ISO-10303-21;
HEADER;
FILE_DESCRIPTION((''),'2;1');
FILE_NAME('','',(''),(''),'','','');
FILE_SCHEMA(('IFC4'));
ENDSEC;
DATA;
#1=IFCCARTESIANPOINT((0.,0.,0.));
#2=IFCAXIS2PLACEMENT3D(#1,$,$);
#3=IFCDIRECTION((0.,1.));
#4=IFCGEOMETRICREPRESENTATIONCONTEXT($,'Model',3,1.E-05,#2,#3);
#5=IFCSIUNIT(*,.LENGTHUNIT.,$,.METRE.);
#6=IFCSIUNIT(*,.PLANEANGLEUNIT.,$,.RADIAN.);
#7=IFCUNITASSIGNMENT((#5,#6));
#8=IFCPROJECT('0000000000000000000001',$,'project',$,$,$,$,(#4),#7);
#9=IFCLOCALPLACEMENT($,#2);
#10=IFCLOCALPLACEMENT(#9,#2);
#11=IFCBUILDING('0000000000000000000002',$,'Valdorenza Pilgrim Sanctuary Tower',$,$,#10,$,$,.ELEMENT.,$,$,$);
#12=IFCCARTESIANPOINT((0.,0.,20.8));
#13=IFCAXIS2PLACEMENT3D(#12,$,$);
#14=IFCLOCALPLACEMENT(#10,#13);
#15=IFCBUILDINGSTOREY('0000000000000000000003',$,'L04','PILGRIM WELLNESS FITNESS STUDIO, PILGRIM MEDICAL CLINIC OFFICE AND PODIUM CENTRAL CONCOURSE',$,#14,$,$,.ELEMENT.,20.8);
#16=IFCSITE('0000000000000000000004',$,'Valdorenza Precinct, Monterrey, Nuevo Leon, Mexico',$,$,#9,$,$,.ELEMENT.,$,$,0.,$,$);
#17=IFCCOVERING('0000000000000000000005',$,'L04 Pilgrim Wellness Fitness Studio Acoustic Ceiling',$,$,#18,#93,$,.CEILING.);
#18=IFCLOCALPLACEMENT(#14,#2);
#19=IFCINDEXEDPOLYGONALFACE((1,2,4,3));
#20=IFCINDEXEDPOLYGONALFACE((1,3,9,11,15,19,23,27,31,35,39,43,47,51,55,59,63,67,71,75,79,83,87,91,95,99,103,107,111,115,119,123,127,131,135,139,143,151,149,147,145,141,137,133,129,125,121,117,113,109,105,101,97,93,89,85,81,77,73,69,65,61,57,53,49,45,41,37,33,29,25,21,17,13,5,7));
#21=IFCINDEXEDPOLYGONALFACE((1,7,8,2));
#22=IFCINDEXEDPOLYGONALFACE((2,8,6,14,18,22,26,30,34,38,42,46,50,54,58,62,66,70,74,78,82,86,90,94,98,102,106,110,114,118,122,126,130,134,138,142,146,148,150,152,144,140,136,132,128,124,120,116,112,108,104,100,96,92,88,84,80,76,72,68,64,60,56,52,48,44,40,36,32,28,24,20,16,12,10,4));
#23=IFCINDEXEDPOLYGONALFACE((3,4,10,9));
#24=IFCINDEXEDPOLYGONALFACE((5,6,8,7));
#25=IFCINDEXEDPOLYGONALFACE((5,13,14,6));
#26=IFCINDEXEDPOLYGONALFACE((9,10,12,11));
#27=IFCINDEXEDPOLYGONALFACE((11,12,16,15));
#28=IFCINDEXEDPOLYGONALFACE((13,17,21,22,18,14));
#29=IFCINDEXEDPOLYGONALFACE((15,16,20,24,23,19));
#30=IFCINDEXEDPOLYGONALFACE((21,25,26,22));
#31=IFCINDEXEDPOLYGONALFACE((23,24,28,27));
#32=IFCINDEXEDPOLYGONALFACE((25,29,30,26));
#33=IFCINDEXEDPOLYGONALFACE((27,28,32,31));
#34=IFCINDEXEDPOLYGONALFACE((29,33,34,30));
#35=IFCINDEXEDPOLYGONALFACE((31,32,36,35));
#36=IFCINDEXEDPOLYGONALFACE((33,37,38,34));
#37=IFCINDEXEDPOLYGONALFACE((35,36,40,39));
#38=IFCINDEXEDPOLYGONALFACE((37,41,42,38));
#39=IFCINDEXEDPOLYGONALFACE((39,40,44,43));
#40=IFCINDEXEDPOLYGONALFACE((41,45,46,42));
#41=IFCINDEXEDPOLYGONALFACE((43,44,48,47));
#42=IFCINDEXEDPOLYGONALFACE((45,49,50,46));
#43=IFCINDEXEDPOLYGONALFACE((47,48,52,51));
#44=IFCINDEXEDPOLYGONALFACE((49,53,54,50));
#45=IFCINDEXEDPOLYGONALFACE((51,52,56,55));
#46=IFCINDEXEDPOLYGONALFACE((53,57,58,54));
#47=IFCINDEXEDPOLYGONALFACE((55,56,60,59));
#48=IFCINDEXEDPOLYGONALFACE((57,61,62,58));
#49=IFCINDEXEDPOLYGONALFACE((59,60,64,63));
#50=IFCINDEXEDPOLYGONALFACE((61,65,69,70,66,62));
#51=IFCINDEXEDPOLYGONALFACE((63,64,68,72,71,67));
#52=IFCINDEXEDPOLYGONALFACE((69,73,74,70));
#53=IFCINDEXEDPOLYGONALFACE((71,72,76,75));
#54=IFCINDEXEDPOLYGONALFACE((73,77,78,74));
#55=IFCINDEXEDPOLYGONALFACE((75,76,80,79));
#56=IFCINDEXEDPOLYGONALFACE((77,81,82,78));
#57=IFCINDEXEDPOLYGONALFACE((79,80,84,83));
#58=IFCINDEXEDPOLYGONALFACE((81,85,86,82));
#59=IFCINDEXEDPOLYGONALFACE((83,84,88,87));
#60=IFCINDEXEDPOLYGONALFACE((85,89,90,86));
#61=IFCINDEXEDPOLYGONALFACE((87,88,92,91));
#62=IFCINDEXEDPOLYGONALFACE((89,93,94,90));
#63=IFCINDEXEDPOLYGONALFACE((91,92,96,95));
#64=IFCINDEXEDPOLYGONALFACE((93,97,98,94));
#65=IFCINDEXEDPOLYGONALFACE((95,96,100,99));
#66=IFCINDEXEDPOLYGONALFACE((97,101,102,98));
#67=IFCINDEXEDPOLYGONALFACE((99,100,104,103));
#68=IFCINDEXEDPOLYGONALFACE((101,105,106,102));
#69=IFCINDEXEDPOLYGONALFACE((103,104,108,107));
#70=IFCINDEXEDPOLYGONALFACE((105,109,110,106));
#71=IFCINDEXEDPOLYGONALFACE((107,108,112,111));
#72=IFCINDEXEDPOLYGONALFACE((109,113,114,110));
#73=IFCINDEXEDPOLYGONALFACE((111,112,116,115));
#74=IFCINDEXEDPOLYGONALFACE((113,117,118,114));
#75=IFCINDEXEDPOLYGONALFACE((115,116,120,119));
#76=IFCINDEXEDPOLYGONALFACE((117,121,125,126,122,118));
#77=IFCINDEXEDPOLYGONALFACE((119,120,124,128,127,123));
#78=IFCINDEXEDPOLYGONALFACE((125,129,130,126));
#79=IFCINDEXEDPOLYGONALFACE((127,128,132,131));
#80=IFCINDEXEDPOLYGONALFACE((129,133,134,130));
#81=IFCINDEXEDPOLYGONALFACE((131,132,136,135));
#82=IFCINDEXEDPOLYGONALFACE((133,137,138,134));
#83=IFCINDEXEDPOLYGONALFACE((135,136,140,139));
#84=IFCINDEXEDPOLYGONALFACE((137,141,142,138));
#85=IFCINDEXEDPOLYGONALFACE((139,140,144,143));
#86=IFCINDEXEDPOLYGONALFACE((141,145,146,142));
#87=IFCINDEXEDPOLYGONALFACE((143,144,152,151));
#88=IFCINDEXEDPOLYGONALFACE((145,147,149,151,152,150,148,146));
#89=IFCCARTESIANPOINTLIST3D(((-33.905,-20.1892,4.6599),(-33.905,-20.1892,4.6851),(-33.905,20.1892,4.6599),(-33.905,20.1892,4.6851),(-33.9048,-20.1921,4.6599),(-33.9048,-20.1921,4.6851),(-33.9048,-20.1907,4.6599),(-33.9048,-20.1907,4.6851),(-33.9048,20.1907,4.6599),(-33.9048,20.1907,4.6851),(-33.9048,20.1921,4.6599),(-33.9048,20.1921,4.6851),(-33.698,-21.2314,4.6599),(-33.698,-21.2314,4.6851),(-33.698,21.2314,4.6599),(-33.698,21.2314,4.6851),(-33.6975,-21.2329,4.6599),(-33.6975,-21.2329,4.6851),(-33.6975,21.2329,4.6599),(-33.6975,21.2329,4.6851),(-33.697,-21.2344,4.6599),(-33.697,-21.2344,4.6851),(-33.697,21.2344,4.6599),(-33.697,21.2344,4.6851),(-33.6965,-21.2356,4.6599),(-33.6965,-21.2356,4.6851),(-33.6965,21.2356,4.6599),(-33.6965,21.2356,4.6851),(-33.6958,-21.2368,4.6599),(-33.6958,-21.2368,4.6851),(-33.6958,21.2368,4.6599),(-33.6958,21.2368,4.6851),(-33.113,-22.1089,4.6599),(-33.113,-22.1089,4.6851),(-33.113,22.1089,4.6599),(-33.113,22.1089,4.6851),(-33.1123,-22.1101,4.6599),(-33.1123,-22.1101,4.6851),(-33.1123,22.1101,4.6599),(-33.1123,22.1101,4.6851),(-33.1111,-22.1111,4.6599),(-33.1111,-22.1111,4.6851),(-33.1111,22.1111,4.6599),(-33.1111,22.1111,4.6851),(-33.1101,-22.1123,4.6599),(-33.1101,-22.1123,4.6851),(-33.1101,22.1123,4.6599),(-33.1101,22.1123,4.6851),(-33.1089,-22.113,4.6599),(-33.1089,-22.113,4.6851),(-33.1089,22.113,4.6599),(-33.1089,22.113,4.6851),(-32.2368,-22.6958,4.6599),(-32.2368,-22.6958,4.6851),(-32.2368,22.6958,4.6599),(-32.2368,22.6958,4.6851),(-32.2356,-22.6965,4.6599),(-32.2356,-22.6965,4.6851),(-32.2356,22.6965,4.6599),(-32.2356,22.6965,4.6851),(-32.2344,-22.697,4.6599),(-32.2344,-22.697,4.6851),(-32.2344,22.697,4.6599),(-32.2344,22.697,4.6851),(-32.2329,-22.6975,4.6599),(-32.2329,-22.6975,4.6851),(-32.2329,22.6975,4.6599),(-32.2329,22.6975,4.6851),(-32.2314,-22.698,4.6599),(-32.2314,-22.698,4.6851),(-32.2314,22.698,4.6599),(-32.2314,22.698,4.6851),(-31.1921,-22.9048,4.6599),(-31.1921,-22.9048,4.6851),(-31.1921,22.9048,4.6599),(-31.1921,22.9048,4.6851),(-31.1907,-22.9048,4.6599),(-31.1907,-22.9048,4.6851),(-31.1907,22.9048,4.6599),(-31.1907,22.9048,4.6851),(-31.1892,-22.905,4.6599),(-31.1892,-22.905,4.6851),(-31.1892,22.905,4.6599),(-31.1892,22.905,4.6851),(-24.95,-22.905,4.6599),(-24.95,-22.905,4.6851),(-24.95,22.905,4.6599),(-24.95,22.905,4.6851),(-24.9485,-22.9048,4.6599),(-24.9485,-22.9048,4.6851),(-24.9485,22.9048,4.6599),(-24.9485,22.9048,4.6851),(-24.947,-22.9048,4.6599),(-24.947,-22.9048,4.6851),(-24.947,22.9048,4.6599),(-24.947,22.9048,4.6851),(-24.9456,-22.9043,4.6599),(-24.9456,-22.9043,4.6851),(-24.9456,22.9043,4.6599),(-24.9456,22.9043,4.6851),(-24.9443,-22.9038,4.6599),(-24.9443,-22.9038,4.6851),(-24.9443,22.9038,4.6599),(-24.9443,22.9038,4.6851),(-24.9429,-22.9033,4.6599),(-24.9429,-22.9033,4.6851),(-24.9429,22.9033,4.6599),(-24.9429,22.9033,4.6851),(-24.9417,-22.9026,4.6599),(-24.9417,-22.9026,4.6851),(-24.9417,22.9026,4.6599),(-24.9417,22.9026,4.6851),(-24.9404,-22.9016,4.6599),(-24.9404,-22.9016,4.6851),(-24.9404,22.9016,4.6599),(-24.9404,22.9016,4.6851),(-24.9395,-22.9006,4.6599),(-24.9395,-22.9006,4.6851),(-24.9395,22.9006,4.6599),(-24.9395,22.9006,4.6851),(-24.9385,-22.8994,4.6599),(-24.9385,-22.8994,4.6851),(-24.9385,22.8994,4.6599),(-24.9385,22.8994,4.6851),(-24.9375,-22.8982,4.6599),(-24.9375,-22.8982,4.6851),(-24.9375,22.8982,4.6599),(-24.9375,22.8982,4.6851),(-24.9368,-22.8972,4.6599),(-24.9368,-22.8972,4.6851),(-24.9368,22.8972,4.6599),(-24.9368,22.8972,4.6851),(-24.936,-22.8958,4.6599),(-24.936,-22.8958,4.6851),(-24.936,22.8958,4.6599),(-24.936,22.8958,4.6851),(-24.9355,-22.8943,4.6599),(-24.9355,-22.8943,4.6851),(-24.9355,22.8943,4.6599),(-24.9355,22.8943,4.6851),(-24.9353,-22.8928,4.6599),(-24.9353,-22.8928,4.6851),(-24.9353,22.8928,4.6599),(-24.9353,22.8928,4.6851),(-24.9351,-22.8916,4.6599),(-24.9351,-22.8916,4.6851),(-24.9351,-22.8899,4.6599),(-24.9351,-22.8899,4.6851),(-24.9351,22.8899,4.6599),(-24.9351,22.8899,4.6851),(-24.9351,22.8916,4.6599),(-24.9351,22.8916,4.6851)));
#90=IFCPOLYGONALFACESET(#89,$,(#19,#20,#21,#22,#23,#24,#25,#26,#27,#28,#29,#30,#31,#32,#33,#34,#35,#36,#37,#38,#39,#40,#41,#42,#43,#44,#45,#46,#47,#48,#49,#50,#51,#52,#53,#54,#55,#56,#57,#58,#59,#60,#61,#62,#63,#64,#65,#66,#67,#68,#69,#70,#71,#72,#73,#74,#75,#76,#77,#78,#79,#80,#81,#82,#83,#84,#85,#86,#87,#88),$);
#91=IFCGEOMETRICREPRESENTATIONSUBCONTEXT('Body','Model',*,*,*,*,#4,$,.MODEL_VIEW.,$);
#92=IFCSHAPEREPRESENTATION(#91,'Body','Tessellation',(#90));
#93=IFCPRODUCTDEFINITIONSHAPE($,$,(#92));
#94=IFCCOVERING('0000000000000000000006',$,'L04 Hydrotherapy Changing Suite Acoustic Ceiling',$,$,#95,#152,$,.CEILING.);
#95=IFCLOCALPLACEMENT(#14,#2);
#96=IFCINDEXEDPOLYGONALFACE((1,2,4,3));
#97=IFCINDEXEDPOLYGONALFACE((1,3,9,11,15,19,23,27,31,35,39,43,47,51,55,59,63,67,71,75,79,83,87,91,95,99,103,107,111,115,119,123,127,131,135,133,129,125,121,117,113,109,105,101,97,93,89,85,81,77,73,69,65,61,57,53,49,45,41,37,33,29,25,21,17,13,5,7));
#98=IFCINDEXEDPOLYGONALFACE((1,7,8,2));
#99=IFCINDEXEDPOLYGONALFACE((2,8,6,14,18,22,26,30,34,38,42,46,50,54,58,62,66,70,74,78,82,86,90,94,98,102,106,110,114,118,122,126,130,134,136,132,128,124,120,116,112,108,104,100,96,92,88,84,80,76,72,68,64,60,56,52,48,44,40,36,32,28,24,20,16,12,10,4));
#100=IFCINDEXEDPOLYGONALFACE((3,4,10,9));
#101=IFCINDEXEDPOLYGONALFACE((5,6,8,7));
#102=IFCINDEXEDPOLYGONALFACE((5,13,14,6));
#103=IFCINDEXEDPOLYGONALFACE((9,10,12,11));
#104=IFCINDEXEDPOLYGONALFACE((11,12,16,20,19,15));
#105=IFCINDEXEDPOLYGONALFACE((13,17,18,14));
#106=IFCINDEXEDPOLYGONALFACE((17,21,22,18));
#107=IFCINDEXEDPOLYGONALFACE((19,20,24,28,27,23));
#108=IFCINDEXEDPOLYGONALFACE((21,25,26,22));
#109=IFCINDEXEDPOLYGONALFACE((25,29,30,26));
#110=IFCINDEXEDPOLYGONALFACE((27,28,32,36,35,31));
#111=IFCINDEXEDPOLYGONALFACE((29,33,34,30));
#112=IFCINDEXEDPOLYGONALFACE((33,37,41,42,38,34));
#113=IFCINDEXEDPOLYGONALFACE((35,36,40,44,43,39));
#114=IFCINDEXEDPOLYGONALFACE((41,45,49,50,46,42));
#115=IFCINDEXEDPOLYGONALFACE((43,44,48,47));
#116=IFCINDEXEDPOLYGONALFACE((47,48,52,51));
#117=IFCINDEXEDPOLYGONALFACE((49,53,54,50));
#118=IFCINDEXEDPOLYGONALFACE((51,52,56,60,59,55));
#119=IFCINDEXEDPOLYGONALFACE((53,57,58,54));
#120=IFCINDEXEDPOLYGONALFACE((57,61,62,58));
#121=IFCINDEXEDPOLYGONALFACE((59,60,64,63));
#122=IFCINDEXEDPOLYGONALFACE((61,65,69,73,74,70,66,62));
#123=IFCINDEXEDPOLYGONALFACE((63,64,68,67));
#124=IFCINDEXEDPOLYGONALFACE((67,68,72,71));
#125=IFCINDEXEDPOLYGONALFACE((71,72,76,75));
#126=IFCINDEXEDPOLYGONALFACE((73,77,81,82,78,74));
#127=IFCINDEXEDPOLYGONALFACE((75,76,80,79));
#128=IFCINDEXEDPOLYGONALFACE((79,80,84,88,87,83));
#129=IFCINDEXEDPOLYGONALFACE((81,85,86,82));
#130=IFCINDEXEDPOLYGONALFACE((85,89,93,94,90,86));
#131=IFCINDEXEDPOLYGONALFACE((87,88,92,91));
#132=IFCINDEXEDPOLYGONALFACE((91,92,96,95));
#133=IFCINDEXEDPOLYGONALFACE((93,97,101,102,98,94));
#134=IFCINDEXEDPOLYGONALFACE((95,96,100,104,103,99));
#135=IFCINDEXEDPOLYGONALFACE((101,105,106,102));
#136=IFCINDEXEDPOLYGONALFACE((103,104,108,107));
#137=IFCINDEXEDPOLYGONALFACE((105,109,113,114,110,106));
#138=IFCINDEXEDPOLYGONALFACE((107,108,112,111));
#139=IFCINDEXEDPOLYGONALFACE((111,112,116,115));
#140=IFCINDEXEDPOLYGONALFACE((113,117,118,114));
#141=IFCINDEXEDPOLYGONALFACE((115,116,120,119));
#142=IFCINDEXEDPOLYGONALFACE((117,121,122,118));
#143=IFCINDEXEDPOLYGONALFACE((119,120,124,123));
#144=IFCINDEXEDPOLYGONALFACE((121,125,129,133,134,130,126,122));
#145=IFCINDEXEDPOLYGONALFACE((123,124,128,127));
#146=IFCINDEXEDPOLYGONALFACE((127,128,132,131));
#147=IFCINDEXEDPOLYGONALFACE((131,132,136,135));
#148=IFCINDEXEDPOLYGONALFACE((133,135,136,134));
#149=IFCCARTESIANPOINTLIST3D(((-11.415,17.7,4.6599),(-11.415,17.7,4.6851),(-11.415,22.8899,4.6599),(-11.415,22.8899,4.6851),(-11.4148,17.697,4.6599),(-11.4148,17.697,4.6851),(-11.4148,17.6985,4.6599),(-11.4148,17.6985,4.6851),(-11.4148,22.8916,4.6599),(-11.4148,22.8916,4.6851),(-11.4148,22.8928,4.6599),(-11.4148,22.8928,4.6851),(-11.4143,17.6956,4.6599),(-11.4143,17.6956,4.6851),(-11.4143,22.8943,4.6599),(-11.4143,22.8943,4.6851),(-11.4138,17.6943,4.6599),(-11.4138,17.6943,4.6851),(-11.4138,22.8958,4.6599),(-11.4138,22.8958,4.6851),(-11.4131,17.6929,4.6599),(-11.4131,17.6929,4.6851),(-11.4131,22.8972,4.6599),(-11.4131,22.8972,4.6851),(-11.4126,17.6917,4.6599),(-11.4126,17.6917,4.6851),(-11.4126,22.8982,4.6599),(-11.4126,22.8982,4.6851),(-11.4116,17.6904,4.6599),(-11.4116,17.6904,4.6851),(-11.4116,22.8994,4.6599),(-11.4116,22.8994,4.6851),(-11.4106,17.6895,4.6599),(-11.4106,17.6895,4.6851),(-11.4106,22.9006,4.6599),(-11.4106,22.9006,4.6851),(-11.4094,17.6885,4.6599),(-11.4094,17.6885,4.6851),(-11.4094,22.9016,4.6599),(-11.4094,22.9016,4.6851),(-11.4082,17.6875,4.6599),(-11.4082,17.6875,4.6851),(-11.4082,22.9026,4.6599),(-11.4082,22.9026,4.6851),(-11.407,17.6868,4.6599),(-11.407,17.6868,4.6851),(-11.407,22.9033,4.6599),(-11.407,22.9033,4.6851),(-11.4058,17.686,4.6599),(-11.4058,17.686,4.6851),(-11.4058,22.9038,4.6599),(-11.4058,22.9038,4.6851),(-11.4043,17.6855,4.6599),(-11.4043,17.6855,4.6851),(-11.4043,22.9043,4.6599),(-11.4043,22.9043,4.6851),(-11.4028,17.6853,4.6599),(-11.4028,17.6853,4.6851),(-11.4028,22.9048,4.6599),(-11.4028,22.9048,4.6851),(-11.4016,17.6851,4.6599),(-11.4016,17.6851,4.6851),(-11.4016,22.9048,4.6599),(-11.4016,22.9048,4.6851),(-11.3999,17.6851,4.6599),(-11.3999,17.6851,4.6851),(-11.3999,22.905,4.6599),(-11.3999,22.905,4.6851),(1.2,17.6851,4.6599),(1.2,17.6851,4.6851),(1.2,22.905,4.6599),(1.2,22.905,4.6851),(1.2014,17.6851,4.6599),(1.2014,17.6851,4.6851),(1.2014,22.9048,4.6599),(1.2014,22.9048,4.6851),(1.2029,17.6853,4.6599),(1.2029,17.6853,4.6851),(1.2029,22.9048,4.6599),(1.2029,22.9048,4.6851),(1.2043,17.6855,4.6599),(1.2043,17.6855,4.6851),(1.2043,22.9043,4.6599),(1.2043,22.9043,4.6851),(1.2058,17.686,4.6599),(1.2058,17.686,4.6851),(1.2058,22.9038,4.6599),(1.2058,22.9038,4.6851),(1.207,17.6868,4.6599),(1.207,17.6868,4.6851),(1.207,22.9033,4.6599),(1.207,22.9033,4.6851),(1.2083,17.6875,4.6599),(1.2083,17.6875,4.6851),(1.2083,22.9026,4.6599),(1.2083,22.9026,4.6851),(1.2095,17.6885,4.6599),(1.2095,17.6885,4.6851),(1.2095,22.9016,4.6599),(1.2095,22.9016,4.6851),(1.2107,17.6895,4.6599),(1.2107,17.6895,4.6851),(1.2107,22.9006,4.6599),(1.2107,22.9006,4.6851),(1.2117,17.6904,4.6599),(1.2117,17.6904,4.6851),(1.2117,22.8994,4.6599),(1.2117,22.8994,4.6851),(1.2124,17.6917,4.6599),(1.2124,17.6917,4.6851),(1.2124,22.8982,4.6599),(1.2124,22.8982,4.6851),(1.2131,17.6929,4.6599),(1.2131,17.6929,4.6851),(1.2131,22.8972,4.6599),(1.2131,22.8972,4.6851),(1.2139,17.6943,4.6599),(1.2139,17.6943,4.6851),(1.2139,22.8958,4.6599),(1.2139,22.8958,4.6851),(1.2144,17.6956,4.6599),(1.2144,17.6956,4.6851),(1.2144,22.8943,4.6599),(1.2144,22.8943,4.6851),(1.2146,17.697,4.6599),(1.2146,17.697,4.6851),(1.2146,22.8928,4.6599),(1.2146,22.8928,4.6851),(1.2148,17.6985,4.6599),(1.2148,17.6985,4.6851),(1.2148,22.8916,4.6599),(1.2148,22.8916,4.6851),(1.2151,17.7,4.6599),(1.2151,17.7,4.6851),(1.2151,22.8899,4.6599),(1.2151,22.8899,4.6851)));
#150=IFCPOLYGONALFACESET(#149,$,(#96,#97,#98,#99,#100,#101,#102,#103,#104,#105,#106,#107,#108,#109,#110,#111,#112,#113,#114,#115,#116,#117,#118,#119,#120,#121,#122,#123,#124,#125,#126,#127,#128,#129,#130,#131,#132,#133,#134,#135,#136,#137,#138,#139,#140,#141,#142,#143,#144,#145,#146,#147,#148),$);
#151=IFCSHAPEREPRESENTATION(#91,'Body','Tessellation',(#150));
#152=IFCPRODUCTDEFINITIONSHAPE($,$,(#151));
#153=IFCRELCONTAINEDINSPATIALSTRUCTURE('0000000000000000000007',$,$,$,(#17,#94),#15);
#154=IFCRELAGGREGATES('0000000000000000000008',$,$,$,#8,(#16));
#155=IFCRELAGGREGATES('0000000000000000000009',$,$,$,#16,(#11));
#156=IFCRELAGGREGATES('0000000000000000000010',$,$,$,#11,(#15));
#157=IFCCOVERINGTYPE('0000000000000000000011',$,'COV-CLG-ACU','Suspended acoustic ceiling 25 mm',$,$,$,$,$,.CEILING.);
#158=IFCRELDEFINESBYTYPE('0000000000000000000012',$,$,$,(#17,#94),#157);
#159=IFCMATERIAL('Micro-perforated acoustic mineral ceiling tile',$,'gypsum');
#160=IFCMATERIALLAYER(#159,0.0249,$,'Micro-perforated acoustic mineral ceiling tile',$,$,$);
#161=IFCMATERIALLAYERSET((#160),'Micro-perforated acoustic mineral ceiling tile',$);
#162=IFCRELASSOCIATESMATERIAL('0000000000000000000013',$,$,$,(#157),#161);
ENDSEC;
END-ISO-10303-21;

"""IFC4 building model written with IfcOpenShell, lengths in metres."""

from ifc_helpers import new_model, si_unit, direction, frame, origin, place, context, subcontext, project, spatial, polyline, outline, extrude, material, layer, layer_set, type_object, element, save


model = new_model("IFC4")

# Units and contexts
model_context = context("Model", 3, precision=1e-05, world=origin(), true_north=direction((0.0, 1.0)))
body_context = subcontext(model_context, "Body", "Model", "MODEL_VIEW")
ifc_project = project(units=[si_unit("LENGTHUNIT", "METRE"), si_unit("PLANEANGLEUNIT", "RADIAN")], contexts=[model_context])

# Site, building, storey
site_placement = place(None, origin())
site = spatial("IfcSite", under=ifc_project, at=site_placement, Name="Valdorenza Precinct, Monterrey, Nuevo Leon, Mexico", CompositionType="ELEMENT", RefElevation=0.0)
building_placement = place(site_placement, origin())
building = spatial("IfcBuilding", under=site, at=building_placement, Name="Valdorenza Pilgrim Sanctuary Tower", CompositionType="ELEMENT")
storey_placement = place(building_placement, frame((0.0, 0.0, 20.8)))
storey = spatial("IfcBuildingStorey", under=building, at=storey_placement, Name="L04", Description="PILGRIM WELLNESS FITNESS STUDIO, PILGRIM MEDICAL CLINIC OFFICE AND PODIUM CENTRAL CONCOURSE", CompositionType="ELEMENT", Elevation=20.8)

# Coverings
ifc_material_1 = material(Name="Micro-perforated acoustic mineral ceiling tile", Category="gypsum")
ifc_layer_1 = layer(ifc_material_1, 0.0249, Name="Micro-perforated acoustic mineral ceiling tile")
ifc_layer_set_1 = layer_set([ifc_layer_1], Name="Micro-perforated acoustic mineral ceiling tile")
covering_type_1 = type_object("IfcCoveringType", Name="COV-CLG-ACU", Description="Suspended acoustic ceiling 25 mm", PredefinedType="CEILING", material=ifc_layer_set_1)
covering_1_placement = place(storey_placement, frame((0.0, 0.0, 4.6599)))
element("IfcCovering", 1, at=covering_1_placement, inside=storey, type_object=covering_type_1, Name="L04 Pilgrim Wellness Fitness Studio Acoustic Ceiling", PredefinedType="CEILING", context=body_context, shape_type="SweptSolid", body=[
    extrude(outline(polyline([(-31.1892, -22.905), (-31.1907, -22.9048), (-31.1921, -22.9048), (-32.2314, -22.698), (-32.2329, -22.6975), (-32.2344, -22.697), (-32.2356, -22.6965), (-32.2368, -22.6958), (-33.1089, -22.113), (-33.1101, -22.1123), (-33.1111, -22.1111), (-33.1123, -22.1101), (-33.113, -22.1089), (-33.6958, -21.2368), (-33.6965, -21.2356), (-33.697, -21.2344), (-33.6975, -21.2329), (-33.698, -21.2314), (-33.9048, -20.1921), (-33.9048, -20.1907), (-33.905, -20.1892), (-33.905, 20.1892), (-33.9048, 20.1907), (-33.9048, 20.1921), (-33.698, 21.2314), (-33.6975, 21.2329), (-33.697, 21.2344), (-33.6965, 21.2356), (-33.6958, 21.2368), (-33.113, 22.1089), (-33.1123, 22.1101), (-33.1111, 22.1111), (-33.1101, 22.1123), (-33.1089, 22.113), (-32.2368, 22.6958), (-32.2356, 22.6965), (-32.2344, 22.697), (-32.2329, 22.6975), (-32.2314, 22.698), (-31.1921, 22.9048), (-31.1907, 22.9048), (-31.1892, 22.905), (-24.95, 22.905), (-24.9485, 22.9048), (-24.947, 22.9048), (-24.9456, 22.9043), (-24.9443, 22.9038), (-24.9429, 22.9033), (-24.9417, 22.9026), (-24.9404, 22.9016), (-24.9395, 22.9006), (-24.9385, 22.8994), (-24.9375, 22.8982), (-24.9368, 22.8972), (-24.936, 22.8958), (-24.9355, 22.8943), (-24.9353, 22.8928), (-24.9351, 22.8916), (-24.9351, 22.8899), (-24.9351, -22.8899), (-24.9351, -22.8916), (-24.9353, -22.8928), (-24.9355, -22.8943), (-24.936, -22.8958), (-24.9368, -22.8972), (-24.9375, -22.8982), (-24.9385, -22.8994), (-24.9395, -22.9006), (-24.9404, -22.9016), (-24.9417, -22.9026), (-24.9429, -22.9033), (-24.9443, -22.9038), (-24.9456, -22.9043), (-24.947, -22.9048), (-24.9485, -22.9048), (-24.95, -22.905), (-31.1892, -22.905)])), origin(), (0.0, 0.0, 1.0), 0.0251),
])
covering_2_placement = place(storey_placement, frame((0.0, 0.0, 4.6599)))
element("IfcCovering", 2, at=covering_2_placement, inside=storey, type_object=covering_type_1, Name="L04 Hydrotherapy Changing Suite Acoustic Ceiling", PredefinedType="CEILING", context=body_context, shape_type="SweptSolid", body=[
    extrude(outline(polyline([(-11.3999, 17.6851), (-11.4016, 17.6851), (-11.4028, 17.6853), (-11.4043, 17.6855), (-11.4058, 17.686), (-11.407, 17.6868), (-11.4082, 17.6875), (-11.4094, 17.6885), (-11.4106, 17.6895), (-11.4116, 17.6904), (-11.4126, 17.6917), (-11.4131, 17.6929), (-11.4138, 17.6943), (-11.4143, 17.6956), (-11.4148, 17.697), (-11.4148, 17.6985), (-11.415, 17.7), (-11.415, 22.8899), (-11.4148, 22.8916), (-11.4148, 22.8928), (-11.4143, 22.8943), (-11.4138, 22.8958), (-11.4131, 22.8972), (-11.4126, 22.8982), (-11.4116, 22.8994), (-11.4106, 22.9006), (-11.4094, 22.9016), (-11.4082, 22.9026), (-11.407, 22.9033), (-11.4058, 22.9038), (-11.4043, 22.9043), (-11.4028, 22.9048), (-11.4016, 22.9048), (-11.3999, 22.905), (1.2, 22.905), (1.2014, 22.9048), (1.2029, 22.9048), (1.2043, 22.9043), (1.2058, 22.9038), (1.207, 22.9033), (1.2083, 22.9026), (1.2095, 22.9016), (1.2107, 22.9006), (1.2117, 22.8994), (1.2124, 22.8982), (1.2131, 22.8972), (1.2139, 22.8958), (1.2144, 22.8943), (1.2146, 22.8928), (1.2148, 22.8916), (1.2151, 22.8899), (1.2151, 17.7), (1.2148, 17.6985), (1.2146, 17.697), (1.2144, 17.6956), (1.2139, 17.6943), (1.2131, 17.6929), (1.2124, 17.6917), (1.2117, 17.6904), (1.2107, 17.6895), (1.2095, 17.6885), (1.2083, 17.6875), (1.207, 17.6868), (1.2058, 17.686), (1.2043, 17.6855), (1.2029, 17.6853), (1.2014, 17.6851), (1.2, 17.6851), (-11.3999, 17.6851)])), origin(), (0.0, 0.0, 1.0), 0.0251),
])

save(model, "model.ifc")
